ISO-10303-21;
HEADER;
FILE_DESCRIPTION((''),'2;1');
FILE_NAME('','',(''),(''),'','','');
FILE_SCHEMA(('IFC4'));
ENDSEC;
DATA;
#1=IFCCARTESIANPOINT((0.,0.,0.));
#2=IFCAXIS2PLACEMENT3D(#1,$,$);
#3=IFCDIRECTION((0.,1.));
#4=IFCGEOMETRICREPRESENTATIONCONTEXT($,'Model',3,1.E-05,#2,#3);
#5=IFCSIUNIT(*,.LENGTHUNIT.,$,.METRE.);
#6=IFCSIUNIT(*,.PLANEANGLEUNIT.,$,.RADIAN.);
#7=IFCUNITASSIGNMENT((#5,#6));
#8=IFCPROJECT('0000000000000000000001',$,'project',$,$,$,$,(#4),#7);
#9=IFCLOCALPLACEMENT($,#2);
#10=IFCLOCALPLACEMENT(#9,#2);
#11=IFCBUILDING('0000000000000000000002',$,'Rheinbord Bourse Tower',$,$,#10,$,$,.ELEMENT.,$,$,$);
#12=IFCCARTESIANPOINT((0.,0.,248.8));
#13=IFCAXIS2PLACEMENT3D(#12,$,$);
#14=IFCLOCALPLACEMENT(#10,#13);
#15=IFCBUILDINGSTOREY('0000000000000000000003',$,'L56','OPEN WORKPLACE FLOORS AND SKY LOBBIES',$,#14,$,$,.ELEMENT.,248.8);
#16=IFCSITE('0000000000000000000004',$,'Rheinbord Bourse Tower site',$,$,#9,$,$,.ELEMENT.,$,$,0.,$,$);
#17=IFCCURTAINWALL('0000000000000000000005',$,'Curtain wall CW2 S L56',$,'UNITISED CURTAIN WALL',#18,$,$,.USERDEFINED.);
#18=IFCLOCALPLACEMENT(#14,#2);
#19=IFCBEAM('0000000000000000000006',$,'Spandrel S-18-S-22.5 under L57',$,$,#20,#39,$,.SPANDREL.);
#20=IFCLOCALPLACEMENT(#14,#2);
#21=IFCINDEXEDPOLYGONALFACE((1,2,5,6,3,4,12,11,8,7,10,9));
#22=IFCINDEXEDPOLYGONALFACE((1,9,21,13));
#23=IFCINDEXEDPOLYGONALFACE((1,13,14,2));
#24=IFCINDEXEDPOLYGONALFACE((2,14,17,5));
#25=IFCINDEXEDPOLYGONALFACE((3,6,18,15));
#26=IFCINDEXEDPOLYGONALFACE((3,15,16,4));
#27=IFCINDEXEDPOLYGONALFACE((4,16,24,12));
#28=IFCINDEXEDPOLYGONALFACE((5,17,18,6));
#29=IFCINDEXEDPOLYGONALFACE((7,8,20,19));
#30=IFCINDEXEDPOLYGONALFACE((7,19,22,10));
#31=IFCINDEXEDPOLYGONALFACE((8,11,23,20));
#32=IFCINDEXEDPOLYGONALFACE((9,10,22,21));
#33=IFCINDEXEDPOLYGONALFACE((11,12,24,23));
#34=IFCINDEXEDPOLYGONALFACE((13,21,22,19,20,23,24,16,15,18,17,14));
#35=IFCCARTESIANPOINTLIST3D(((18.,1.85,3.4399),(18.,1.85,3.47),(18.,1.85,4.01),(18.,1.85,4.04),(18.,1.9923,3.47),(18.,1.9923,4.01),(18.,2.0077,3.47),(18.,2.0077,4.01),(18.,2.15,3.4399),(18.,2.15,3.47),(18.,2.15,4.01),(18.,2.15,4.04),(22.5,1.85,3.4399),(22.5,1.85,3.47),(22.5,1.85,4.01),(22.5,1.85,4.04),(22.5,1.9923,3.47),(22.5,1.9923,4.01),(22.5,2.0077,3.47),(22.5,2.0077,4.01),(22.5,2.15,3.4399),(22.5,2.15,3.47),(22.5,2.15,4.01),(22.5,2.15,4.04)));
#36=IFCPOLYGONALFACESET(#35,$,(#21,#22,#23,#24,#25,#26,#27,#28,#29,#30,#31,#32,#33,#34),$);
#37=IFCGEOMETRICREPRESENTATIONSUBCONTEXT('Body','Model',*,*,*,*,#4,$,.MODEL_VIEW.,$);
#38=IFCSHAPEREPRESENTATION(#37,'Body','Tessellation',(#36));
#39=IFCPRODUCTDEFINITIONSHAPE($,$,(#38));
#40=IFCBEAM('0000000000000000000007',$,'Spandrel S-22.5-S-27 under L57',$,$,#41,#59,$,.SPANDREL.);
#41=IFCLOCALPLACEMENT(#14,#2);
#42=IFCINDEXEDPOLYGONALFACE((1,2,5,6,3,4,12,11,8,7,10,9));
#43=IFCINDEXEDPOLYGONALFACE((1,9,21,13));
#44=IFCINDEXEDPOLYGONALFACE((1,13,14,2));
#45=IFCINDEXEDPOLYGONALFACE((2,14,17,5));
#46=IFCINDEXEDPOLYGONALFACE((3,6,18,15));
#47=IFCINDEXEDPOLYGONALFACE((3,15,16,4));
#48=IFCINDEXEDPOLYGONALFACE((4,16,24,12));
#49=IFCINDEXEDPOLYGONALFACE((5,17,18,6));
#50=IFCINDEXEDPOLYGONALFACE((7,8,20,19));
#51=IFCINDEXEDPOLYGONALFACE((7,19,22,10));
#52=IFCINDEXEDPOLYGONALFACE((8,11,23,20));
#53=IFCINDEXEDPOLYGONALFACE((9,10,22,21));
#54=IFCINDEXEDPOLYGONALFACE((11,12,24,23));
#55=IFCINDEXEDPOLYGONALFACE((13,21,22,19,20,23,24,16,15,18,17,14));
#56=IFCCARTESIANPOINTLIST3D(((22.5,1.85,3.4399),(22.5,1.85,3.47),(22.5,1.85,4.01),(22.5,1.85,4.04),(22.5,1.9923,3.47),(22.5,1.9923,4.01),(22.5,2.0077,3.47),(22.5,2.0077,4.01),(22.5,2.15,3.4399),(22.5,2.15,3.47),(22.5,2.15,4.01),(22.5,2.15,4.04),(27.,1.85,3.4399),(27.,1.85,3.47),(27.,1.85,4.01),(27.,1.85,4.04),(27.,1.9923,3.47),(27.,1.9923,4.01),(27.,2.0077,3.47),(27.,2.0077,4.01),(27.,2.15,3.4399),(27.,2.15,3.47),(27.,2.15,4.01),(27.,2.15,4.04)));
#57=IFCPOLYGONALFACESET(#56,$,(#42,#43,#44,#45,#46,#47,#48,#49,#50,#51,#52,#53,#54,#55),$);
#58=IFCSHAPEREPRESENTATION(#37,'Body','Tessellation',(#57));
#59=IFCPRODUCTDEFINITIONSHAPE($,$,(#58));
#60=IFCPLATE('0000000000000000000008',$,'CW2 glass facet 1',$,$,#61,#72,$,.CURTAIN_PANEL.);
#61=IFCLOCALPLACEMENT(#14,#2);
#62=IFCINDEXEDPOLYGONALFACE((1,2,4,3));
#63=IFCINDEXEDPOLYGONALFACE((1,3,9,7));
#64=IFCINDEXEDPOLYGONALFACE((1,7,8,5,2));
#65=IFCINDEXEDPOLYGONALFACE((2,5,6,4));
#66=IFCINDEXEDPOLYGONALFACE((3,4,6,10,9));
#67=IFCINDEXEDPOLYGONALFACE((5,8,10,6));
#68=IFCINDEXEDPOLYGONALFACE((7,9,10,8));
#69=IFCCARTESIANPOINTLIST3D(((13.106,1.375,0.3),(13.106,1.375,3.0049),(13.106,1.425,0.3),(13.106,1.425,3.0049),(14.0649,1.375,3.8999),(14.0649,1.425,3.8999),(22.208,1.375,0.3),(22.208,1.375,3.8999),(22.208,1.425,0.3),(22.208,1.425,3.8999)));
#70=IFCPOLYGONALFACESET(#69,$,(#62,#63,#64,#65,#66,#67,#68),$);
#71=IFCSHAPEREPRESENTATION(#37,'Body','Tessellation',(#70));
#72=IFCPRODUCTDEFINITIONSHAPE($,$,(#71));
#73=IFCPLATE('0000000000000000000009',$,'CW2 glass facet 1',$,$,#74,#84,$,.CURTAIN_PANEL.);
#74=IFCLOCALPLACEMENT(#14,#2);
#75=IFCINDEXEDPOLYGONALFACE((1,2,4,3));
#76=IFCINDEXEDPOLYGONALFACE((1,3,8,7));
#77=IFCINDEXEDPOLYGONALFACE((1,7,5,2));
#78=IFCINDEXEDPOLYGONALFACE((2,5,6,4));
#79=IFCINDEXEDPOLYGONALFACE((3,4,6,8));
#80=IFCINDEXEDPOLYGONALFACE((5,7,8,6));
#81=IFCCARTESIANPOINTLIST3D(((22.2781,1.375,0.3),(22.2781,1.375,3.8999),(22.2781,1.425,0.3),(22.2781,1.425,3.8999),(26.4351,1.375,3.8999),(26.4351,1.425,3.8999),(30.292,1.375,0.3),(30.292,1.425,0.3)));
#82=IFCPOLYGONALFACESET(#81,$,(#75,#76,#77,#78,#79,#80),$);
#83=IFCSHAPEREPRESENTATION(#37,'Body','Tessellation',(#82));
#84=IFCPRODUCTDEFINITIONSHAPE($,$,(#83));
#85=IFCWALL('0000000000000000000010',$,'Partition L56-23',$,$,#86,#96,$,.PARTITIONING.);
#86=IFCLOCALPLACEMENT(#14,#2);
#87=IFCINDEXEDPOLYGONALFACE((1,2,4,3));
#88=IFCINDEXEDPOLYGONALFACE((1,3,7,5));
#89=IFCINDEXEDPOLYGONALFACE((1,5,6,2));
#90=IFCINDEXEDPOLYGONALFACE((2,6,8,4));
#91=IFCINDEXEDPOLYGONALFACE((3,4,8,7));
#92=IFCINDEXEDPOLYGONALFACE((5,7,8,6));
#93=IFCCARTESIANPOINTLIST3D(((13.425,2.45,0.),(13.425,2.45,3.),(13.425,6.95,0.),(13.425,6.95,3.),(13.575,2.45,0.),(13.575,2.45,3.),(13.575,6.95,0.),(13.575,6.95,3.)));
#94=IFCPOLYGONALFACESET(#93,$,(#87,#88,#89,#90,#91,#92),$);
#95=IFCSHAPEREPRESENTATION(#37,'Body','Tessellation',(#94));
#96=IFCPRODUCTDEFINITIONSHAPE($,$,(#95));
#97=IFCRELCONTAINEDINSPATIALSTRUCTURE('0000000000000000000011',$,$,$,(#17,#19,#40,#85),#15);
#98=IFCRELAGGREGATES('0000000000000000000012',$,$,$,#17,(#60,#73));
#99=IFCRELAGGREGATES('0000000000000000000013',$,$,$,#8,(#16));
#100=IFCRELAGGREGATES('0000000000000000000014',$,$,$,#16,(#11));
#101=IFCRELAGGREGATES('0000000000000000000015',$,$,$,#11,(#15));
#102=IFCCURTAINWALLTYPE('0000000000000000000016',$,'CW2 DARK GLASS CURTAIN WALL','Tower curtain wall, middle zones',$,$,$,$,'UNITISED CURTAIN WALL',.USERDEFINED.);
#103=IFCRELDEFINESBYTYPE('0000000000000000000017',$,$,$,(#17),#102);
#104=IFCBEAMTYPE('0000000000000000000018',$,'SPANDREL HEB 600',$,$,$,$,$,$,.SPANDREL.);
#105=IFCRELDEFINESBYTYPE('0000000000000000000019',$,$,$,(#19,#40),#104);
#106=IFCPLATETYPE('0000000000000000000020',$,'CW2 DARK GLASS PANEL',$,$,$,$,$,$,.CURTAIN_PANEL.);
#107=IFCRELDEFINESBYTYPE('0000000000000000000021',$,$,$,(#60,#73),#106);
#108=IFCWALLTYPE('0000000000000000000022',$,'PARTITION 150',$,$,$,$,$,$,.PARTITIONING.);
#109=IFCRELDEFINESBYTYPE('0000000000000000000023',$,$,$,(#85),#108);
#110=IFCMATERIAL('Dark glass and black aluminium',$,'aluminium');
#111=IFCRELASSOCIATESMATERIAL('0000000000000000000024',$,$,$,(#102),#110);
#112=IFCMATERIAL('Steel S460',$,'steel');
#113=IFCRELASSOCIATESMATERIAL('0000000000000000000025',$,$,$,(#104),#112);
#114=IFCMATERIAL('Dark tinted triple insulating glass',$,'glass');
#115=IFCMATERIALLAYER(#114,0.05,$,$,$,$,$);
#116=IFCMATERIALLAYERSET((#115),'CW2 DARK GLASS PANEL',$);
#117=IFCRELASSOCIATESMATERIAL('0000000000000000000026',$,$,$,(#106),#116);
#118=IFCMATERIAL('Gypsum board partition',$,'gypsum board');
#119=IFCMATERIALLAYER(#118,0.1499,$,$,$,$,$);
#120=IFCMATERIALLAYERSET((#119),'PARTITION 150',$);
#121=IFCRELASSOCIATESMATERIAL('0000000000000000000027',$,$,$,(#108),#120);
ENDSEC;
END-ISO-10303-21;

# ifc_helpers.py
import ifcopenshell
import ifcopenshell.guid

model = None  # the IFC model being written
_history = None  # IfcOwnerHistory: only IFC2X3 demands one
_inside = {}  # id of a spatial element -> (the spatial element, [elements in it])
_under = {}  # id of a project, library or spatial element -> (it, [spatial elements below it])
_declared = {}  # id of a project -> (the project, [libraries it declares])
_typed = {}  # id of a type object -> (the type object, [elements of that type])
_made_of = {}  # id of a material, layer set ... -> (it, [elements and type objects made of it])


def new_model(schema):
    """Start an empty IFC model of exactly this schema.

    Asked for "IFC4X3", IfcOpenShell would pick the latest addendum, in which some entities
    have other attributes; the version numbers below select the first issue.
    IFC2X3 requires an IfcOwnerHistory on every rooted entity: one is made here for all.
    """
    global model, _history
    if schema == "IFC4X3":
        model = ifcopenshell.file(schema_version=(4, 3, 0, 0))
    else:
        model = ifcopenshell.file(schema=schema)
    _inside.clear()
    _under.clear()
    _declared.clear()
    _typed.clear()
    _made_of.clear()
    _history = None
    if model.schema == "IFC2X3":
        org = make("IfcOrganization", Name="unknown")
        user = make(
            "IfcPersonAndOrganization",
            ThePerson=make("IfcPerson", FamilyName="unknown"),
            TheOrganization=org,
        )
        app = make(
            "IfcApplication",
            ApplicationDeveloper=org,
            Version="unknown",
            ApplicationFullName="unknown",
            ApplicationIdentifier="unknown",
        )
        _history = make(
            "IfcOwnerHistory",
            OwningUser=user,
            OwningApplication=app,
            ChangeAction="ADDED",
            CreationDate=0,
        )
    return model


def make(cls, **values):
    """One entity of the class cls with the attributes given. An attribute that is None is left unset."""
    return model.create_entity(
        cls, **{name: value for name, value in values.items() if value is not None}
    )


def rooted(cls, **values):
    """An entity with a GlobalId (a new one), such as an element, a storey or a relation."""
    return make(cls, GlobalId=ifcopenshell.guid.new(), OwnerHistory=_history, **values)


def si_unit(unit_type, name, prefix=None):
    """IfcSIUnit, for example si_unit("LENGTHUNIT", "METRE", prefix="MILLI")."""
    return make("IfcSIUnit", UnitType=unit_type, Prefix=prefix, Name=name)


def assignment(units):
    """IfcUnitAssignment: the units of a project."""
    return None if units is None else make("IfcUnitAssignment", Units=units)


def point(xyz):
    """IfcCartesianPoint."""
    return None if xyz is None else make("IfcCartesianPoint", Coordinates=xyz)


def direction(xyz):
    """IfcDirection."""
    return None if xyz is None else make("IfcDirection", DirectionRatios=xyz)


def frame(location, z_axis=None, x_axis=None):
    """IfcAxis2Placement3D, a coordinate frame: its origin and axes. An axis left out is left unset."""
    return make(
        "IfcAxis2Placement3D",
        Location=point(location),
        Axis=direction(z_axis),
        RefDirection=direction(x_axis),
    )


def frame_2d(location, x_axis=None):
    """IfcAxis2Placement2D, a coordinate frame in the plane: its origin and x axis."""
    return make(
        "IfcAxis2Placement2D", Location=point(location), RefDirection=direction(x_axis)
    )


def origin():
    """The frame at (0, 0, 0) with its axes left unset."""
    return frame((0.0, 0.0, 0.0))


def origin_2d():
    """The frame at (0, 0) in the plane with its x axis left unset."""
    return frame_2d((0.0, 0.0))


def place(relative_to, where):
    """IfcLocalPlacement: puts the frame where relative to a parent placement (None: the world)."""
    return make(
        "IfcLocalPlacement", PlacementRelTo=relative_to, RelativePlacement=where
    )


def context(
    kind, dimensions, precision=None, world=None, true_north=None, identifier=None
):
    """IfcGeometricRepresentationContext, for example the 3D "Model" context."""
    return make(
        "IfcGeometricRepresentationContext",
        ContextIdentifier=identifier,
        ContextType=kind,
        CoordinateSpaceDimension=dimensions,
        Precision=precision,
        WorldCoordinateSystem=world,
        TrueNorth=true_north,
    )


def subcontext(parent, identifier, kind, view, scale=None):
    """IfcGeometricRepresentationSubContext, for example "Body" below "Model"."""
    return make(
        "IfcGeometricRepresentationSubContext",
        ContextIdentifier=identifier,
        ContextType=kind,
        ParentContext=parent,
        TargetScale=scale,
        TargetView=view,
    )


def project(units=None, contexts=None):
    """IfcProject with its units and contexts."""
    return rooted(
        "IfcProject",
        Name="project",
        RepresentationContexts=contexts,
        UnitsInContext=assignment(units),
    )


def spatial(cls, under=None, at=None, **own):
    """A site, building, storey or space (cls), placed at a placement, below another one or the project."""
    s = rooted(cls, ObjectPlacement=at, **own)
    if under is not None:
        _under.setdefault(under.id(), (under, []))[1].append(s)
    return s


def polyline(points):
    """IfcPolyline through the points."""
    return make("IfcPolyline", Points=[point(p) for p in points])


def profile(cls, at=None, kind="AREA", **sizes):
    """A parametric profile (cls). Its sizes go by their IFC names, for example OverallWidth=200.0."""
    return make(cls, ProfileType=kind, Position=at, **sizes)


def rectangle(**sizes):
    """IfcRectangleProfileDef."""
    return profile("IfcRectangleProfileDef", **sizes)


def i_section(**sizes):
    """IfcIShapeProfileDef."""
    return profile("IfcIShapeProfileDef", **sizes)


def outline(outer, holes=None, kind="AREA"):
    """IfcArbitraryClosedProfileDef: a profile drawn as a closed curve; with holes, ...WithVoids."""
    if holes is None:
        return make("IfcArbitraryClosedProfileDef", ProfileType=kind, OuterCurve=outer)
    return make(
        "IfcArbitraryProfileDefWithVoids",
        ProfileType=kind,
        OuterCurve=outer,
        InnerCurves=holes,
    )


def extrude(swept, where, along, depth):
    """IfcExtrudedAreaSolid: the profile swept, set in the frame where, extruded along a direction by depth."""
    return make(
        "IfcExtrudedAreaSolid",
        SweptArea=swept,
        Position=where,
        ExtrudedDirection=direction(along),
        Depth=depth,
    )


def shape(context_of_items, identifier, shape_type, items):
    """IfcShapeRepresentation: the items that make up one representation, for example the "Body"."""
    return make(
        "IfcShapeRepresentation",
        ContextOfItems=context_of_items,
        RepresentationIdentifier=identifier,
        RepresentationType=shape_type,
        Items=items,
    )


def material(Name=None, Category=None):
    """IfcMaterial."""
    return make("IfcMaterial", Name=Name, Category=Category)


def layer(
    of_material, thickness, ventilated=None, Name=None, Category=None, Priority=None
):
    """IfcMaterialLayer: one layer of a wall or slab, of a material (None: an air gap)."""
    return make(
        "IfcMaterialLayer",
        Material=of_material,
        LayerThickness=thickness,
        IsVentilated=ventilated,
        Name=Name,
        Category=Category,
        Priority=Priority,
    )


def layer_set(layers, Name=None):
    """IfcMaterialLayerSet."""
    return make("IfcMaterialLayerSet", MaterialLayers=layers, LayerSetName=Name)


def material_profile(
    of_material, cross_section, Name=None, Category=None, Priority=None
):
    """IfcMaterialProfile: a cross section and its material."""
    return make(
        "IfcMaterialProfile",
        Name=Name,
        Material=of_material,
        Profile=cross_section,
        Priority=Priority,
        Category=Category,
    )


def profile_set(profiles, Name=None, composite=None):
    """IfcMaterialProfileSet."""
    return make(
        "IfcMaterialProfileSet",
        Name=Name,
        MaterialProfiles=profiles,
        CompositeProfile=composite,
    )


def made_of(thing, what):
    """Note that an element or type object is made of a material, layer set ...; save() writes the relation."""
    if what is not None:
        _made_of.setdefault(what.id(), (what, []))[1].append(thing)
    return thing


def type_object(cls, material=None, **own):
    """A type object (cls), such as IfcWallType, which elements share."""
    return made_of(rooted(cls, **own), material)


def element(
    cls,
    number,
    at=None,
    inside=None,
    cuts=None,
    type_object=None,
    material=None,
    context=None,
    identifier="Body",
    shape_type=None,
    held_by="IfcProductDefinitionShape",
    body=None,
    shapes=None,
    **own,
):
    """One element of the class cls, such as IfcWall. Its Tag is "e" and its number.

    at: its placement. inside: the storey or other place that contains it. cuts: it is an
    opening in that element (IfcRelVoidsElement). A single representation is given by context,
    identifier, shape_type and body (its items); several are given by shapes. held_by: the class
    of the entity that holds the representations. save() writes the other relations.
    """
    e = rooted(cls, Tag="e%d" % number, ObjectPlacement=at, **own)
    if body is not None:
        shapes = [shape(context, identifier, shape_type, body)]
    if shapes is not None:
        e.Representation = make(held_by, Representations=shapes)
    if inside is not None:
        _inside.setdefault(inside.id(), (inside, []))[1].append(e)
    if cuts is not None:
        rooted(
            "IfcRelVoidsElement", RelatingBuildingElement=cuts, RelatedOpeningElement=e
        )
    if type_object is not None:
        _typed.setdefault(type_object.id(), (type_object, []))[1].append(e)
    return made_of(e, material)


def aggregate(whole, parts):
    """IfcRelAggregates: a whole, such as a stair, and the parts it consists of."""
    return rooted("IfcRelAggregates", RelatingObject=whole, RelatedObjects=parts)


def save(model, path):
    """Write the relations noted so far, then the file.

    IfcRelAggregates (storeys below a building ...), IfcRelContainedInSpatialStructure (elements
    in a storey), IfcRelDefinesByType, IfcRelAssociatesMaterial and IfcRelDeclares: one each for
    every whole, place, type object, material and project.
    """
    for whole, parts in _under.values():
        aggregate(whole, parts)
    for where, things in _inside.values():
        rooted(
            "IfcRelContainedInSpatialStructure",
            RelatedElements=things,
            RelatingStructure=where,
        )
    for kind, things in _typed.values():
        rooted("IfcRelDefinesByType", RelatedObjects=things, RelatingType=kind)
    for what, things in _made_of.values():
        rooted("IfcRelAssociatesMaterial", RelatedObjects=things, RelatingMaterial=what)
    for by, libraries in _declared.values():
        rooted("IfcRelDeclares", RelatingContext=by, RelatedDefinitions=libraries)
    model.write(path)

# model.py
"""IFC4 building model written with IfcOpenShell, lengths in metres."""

from ifc_helpers import new_model, si_unit, direction, frame, frame_2d, origin, origin_2d, place, context, subcontext, project, spatial, polyline, rectangle, i_section, outline, extrude, material, layer, layer_set, material_profile, profile_set, type_object, element, aggregate, save


model = new_model("IFC4")

# Units and contexts
model_context = context("Model", 3, precision=1e-05, world=origin(), true_north=direction((0.0, 1.0)))
body_context = subcontext(model_context, "Body", "Model", "MODEL_VIEW")
ifc_project = project(units=[si_unit("LENGTHUNIT", "METRE"), si_unit("PLANEANGLEUNIT", "RADIAN")], contexts=[model_context])

# Site, building, storey
site_placement = place(None, origin())
site = spatial("IfcSite", under=ifc_project, at=site_placement, Name="Rheinbord Bourse Tower site", CompositionType="ELEMENT", RefElevation=0.0)
building_placement = place(site_placement, origin())
building = spatial("IfcBuilding", under=site, at=building_placement, Name="Rheinbord Bourse Tower", CompositionType="ELEMENT")
storey_placement = place(building_placement, frame((0.0, 0.0, 248.8)))
storey = spatial("IfcBuildingStorey", under=building, at=storey_placement, Name="L56", Description="OPEN WORKPLACE FLOORS AND SKY LOBBIES", CompositionType="ELEMENT", Elevation=248.8)

# Curtain wall
ifc_material_1 = material(Name="Dark glass and black aluminium", Category="aluminium")
curtain_wall_type = type_object("IfcCurtainWallType", Name="CW2 DARK GLASS CURTAIN WALL", Description="Tower curtain wall, middle zones", ElementType="UNITISED CURTAIN WALL", PredefinedType="USERDEFINED", material=ifc_material_1)
curtain_wall_placement = place(storey_placement, origin())
curtain_wall = element("IfcCurtainWall", 1, at=curtain_wall_placement, inside=storey, type_object=curtain_wall_type, Name="Curtain wall CW2 S L56", ObjectType="UNITISED CURTAIN WALL", PredefinedType="USERDEFINED")

# Beams
ifc_material_2 = material(Name="Steel S460", Category="steel")
ifc_material_profile_1 = material_profile(ifc_material_2, i_section(OverallWidth=0.3, OverallDepth=0.6001, WebThickness=0.0154, FlangeThickness=0.03, at=origin_2d()), Name="HEB 600")
ifc_profile_set_1 = profile_set([ifc_material_profile_1], Name="Steel S460")
beam_type_1 = type_object("IfcBeamType", Name="SPANDREL HEB 600", PredefinedType="SPANDREL", material=ifc_profile_set_1)
for number, where, z_axis, x_axis, name in (
    (2, (18.0, 2.0, 3.74), (1.0, 0.0, 0.0), (0.0, 1.0, 0.0), "Spandrel S-18-S-22.5 under L57"),
    (3, (22.5, 2.0, 3.74), (1.0, 0.0, 0.0), (0.0, 1.0, 0.0), "Spandrel S-22.5-S-27 under L57"),
):
    element("IfcBeam", number, at=place(storey_placement, frame(where, z_axis=z_axis, x_axis=x_axis)), inside=storey, type_object=beam_type_1, Name=name, PredefinedType="SPANDREL", context=body_context, shape_type="SweptSolid", body=[
        extrude(i_section(OverallWidth=0.3, OverallDepth=0.6001, WebThickness=0.0154, FlangeThickness=0.03, at=origin_2d()), origin(), (0.0, 0.0, 1.0), 4.5),
    ])

# Plates
ifc_material_3 = material(Name="Dark tinted triple insulating glass", Category="glass")
ifc_layer_1 = layer(ifc_material_3, 0.05)
ifc_layer_set_1 = layer_set([ifc_layer_1], Name="CW2 DARK GLASS PANEL")
plate_type = type_object("IfcPlateType", Name="CW2 DARK GLASS PANEL", PredefinedType="CURTAIN_PANEL", material=ifc_layer_set_1)
plate_1_placement = place(storey_placement, frame((22.208, 1.375, 3.8999), z_axis=(0.0, 1.0, 0.0), x_axis=(0.0, 0.0, -1.0)))
plate_1 = element("IfcPlate", 4, at=plate_1_placement, type_object=plate_type, Name="CW2 glass facet 1", PredefinedType="CURTAIN_PANEL", context=body_context, shape_type="SweptSolid", body=[
    extrude(outline(polyline([(0.0, 0.0), (3.5999, 0.0), (3.5999, 9.1021), (0.895, 9.1021), (0.0, 8.1431), (0.0, 0.0)])), origin(), (0.0, 0.0, 1.0), 0.05),
])
plate_2_placement = place(storey_placement, frame((22.2781, 1.375, 0.3), z_axis=(0.0, 1.0, 0.0), x_axis=(0.0, 0.0, 1.0)))
plate_2 = element("IfcPlate", 5, at=plate_2_placement, type_object=plate_type, Name="CW2 glass facet 1", PredefinedType="CURTAIN_PANEL", context=body_context, shape_type="SweptSolid", body=[
    extrude(outline(polyline([(0.0, 0.0), (3.5999, 0.0), (3.5999, 4.157), (0.0, 8.0139), (0.0, 0.0)])), origin(), (0.0, 0.0, 1.0), 0.05),
])
aggregate(curtain_wall, [plate_1, plate_2])

# Wall
ifc_material_4 = material(Name="Gypsum board partition", Category="gypsum board")
ifc_layer_2 = layer(ifc_material_4, 0.1499)
ifc_layer_set_2 = layer_set([ifc_layer_2], Name="PARTITION 150")
wall_type = type_object("IfcWallType", Name="PARTITION 150", PredefinedType="PARTITIONING", material=ifc_layer_set_2)
wall_placement = place(storey_placement, frame((13.5, 2.45, 0.0), z_axis=(0.0, 0.0, 1.0), x_axis=(0.0, 1.0, 0.0)))
element("IfcWall", 6, at=wall_placement, inside=storey, type_object=wall_type, Name="Partition L56-23", PredefinedType="PARTITIONING", context=body_context, shape_type="SweptSolid", body=[
    extrude(rectangle(XDim=4.5, YDim=0.1499, at=frame_2d((2.25, 0.0))), origin(), (0.0, 0.0, 1.0), 3.0),
])

save(model, "model.ifc")
